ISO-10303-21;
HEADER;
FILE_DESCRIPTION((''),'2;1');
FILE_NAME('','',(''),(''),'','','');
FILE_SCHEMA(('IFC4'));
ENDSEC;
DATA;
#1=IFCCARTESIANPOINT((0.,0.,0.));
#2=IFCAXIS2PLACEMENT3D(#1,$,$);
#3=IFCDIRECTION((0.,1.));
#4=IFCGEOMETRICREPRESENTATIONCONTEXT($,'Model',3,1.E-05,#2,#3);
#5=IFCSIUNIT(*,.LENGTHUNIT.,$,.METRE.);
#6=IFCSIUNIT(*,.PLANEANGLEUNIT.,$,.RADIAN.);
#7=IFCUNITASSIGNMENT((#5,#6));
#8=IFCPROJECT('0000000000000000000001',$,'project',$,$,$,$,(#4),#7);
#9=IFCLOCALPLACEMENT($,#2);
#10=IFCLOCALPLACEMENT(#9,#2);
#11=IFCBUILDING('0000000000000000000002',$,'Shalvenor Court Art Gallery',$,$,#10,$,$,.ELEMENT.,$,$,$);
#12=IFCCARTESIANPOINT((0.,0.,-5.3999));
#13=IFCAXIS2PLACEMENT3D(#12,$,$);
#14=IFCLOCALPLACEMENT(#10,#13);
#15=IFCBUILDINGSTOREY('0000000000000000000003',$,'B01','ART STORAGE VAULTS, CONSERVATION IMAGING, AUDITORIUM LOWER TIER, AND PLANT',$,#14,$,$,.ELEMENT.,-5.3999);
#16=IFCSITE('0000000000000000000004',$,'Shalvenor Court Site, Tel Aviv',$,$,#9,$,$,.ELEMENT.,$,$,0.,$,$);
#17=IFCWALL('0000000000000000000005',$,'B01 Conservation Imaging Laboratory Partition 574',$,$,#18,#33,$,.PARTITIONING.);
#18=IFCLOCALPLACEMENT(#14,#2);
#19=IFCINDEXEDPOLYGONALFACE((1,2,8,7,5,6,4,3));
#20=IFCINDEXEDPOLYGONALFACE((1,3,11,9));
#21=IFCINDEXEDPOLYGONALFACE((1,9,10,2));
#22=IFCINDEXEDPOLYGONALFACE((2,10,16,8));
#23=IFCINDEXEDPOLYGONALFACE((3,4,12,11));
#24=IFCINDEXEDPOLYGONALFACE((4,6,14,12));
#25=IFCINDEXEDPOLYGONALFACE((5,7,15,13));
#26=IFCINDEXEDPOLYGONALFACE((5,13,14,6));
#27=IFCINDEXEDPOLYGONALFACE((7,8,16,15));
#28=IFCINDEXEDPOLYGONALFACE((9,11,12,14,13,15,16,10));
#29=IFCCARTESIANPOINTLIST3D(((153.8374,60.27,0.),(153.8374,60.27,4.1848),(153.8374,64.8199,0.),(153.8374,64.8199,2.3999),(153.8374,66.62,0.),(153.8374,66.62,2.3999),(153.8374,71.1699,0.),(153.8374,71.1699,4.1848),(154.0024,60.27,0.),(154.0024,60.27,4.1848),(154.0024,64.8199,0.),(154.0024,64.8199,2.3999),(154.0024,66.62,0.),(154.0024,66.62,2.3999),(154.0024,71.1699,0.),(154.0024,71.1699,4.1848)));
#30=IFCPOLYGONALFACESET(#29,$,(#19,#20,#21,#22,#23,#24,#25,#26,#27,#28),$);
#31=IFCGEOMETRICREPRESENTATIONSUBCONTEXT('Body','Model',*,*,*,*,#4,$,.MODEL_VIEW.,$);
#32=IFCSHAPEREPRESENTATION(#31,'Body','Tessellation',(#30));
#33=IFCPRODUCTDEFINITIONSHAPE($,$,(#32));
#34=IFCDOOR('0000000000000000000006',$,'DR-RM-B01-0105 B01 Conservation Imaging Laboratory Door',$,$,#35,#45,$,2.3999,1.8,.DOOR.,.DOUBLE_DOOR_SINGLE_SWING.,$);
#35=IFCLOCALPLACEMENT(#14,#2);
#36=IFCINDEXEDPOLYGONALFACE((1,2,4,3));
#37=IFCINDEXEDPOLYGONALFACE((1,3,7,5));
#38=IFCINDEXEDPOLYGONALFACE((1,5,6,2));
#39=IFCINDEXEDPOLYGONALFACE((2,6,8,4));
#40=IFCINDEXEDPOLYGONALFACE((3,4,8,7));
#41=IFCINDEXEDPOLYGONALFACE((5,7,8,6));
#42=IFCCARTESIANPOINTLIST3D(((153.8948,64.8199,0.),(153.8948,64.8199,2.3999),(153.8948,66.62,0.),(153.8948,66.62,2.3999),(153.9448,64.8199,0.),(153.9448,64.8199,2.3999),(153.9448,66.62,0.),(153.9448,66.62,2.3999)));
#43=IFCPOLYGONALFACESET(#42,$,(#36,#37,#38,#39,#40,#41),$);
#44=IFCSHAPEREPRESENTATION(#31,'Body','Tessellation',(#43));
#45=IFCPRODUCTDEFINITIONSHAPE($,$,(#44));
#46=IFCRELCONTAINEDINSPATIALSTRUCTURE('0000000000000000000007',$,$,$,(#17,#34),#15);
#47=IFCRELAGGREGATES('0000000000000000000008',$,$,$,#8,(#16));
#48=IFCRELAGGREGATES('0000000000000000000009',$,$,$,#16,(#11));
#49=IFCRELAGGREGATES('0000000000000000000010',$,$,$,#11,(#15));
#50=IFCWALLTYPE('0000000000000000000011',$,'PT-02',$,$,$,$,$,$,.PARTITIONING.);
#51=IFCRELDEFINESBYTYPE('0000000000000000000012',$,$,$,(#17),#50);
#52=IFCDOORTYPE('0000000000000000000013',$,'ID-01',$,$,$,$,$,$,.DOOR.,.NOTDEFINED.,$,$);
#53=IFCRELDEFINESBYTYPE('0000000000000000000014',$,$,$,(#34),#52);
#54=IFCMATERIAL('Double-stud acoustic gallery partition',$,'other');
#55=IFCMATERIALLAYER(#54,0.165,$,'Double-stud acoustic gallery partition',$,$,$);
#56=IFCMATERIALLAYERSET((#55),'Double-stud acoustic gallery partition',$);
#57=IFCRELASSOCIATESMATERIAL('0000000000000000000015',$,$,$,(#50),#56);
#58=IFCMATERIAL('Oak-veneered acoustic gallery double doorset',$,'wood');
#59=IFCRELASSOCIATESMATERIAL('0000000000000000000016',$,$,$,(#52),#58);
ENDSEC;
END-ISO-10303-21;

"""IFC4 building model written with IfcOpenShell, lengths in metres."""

from ifc_helpers import new_model, si_unit, direction, frame, frame_2d, origin, place, context, subcontext, project, spatial, rectangle, extrude, material, layer, layer_set, type_object, element, fill, save


model = new_model("IFC4")

# Units and contexts
model_context = context("Model", 3, precision=1e-05, world=origin(), true_north=direction((0.0, 1.0)))
body_context = subcontext(model_context, "Body", "Model", "MODEL_VIEW")
ifc_project = project(units=[si_unit("LENGTHUNIT", "METRE"), si_unit("PLANEANGLEUNIT", "RADIAN")], contexts=[model_context])

# Site, building, storey
site_placement = place(None, origin())
site = spatial("IfcSite", under=ifc_project, at=site_placement, Name="Shalvenor Court Site, Tel Aviv", CompositionType="ELEMENT", RefElevation=0.0)
building_placement = place(site_placement, origin())
building = spatial("IfcBuilding", under=site, at=building_placement, Name="Shalvenor Court Art Gallery", CompositionType="ELEMENT")
storey_placement = place(building_placement, frame((0.0, 0.0, -5.3999)))
storey = spatial("IfcBuildingStorey", under=building, at=storey_placement, Name="B01", Description="ART STORAGE VAULTS, CONSERVATION IMAGING, AUDITORIUM LOWER TIER, AND PLANT", CompositionType="ELEMENT", Elevation=-5.3999)

# Wall, opening, door
ifc_material_1 = material(Name="Double-stud acoustic gallery partition", Category="other")
ifc_layer_1 = layer(ifc_material_1, 0.165, Name="Double-stud acoustic gallery partition")
ifc_layer_set_1 = layer_set([ifc_layer_1], Name="Double-stud acoustic gallery partition")
wall_type_1 = type_object("IfcWallType", Name="PT-02", PredefinedType="PARTITIONING", material=ifc_layer_set_1)
wall_1_placement = place(storey_placement, frame((153.9199, 71.1699, 0.0), z_axis=(0.0, 0.0, 1.0), x_axis=(0.0, -1.0, 0.0)))
wall_1 = element("IfcWall", 1, at=wall_1_placement, inside=storey, type_object=wall_type_1, Name="B01 Conservation Imaging Laboratory Partition 574", PredefinedType="PARTITIONING", context=body_context, shape_type="SweptSolid", body=[
    extrude(rectangle(XDim=10.8999, YDim=0.165, at=frame_2d((5.45, 0.0))), origin(), (0.0, 0.0, 1.0), 4.1848),
])
opening_1_placement = place(wall_1_placement, frame((4.55, 0.0, 0.0)))
opening_1 = element("IfcOpeningElement", 2, at=opening_1_placement, cuts=wall_1, PredefinedType="OPENING", context=body_context, shape_type="SweptSolid", body=[
    extrude(rectangle(XDim=1.8, YDim=2.3999, at=frame_2d((0.8999, 1.2))), frame((0.0, 0.0925, 0.0), z_axis=(0.0, -1.0, 0.0), x_axis=(1.0, 0.0, 0.0)), (0.0, 0.0, 1.0), 0.1851),
])
ifc_material_2 = material(Name="Oak-veneered acoustic gallery double doorset", Category="wood")
door_type_1 = type_object("IfcDoorType", Name="ID-01", OperationType="NOTDEFINED", PredefinedType="DOOR", material=ifc_material_2)
door_1_placement = place(opening_1_placement, origin())
door_1 = element("IfcDoor", 3, at=door_1_placement, inside=storey, type_object=door_type_1, Name="DR-RM-B01-0105 B01 Conservation Imaging Laboratory Door", OperationType="DOUBLE_DOOR_SINGLE_SWING", OverallHeight=2.3999, OverallWidth=1.8, PredefinedType="DOOR", context=body_context, shape_type="SweptSolid", body=[
    extrude(rectangle(XDim=1.8, YDim=2.3999, at=frame_2d((0.8999, 1.2))), frame((0.0, 0.0249, 0.0), z_axis=(0.0, -1.0, 0.0), x_axis=(1.0, 0.0, 0.0)), (0.0, 0.0, 1.0), 0.05),
])
fill(opening_1, door_1)

save(model, "model.ifc")
